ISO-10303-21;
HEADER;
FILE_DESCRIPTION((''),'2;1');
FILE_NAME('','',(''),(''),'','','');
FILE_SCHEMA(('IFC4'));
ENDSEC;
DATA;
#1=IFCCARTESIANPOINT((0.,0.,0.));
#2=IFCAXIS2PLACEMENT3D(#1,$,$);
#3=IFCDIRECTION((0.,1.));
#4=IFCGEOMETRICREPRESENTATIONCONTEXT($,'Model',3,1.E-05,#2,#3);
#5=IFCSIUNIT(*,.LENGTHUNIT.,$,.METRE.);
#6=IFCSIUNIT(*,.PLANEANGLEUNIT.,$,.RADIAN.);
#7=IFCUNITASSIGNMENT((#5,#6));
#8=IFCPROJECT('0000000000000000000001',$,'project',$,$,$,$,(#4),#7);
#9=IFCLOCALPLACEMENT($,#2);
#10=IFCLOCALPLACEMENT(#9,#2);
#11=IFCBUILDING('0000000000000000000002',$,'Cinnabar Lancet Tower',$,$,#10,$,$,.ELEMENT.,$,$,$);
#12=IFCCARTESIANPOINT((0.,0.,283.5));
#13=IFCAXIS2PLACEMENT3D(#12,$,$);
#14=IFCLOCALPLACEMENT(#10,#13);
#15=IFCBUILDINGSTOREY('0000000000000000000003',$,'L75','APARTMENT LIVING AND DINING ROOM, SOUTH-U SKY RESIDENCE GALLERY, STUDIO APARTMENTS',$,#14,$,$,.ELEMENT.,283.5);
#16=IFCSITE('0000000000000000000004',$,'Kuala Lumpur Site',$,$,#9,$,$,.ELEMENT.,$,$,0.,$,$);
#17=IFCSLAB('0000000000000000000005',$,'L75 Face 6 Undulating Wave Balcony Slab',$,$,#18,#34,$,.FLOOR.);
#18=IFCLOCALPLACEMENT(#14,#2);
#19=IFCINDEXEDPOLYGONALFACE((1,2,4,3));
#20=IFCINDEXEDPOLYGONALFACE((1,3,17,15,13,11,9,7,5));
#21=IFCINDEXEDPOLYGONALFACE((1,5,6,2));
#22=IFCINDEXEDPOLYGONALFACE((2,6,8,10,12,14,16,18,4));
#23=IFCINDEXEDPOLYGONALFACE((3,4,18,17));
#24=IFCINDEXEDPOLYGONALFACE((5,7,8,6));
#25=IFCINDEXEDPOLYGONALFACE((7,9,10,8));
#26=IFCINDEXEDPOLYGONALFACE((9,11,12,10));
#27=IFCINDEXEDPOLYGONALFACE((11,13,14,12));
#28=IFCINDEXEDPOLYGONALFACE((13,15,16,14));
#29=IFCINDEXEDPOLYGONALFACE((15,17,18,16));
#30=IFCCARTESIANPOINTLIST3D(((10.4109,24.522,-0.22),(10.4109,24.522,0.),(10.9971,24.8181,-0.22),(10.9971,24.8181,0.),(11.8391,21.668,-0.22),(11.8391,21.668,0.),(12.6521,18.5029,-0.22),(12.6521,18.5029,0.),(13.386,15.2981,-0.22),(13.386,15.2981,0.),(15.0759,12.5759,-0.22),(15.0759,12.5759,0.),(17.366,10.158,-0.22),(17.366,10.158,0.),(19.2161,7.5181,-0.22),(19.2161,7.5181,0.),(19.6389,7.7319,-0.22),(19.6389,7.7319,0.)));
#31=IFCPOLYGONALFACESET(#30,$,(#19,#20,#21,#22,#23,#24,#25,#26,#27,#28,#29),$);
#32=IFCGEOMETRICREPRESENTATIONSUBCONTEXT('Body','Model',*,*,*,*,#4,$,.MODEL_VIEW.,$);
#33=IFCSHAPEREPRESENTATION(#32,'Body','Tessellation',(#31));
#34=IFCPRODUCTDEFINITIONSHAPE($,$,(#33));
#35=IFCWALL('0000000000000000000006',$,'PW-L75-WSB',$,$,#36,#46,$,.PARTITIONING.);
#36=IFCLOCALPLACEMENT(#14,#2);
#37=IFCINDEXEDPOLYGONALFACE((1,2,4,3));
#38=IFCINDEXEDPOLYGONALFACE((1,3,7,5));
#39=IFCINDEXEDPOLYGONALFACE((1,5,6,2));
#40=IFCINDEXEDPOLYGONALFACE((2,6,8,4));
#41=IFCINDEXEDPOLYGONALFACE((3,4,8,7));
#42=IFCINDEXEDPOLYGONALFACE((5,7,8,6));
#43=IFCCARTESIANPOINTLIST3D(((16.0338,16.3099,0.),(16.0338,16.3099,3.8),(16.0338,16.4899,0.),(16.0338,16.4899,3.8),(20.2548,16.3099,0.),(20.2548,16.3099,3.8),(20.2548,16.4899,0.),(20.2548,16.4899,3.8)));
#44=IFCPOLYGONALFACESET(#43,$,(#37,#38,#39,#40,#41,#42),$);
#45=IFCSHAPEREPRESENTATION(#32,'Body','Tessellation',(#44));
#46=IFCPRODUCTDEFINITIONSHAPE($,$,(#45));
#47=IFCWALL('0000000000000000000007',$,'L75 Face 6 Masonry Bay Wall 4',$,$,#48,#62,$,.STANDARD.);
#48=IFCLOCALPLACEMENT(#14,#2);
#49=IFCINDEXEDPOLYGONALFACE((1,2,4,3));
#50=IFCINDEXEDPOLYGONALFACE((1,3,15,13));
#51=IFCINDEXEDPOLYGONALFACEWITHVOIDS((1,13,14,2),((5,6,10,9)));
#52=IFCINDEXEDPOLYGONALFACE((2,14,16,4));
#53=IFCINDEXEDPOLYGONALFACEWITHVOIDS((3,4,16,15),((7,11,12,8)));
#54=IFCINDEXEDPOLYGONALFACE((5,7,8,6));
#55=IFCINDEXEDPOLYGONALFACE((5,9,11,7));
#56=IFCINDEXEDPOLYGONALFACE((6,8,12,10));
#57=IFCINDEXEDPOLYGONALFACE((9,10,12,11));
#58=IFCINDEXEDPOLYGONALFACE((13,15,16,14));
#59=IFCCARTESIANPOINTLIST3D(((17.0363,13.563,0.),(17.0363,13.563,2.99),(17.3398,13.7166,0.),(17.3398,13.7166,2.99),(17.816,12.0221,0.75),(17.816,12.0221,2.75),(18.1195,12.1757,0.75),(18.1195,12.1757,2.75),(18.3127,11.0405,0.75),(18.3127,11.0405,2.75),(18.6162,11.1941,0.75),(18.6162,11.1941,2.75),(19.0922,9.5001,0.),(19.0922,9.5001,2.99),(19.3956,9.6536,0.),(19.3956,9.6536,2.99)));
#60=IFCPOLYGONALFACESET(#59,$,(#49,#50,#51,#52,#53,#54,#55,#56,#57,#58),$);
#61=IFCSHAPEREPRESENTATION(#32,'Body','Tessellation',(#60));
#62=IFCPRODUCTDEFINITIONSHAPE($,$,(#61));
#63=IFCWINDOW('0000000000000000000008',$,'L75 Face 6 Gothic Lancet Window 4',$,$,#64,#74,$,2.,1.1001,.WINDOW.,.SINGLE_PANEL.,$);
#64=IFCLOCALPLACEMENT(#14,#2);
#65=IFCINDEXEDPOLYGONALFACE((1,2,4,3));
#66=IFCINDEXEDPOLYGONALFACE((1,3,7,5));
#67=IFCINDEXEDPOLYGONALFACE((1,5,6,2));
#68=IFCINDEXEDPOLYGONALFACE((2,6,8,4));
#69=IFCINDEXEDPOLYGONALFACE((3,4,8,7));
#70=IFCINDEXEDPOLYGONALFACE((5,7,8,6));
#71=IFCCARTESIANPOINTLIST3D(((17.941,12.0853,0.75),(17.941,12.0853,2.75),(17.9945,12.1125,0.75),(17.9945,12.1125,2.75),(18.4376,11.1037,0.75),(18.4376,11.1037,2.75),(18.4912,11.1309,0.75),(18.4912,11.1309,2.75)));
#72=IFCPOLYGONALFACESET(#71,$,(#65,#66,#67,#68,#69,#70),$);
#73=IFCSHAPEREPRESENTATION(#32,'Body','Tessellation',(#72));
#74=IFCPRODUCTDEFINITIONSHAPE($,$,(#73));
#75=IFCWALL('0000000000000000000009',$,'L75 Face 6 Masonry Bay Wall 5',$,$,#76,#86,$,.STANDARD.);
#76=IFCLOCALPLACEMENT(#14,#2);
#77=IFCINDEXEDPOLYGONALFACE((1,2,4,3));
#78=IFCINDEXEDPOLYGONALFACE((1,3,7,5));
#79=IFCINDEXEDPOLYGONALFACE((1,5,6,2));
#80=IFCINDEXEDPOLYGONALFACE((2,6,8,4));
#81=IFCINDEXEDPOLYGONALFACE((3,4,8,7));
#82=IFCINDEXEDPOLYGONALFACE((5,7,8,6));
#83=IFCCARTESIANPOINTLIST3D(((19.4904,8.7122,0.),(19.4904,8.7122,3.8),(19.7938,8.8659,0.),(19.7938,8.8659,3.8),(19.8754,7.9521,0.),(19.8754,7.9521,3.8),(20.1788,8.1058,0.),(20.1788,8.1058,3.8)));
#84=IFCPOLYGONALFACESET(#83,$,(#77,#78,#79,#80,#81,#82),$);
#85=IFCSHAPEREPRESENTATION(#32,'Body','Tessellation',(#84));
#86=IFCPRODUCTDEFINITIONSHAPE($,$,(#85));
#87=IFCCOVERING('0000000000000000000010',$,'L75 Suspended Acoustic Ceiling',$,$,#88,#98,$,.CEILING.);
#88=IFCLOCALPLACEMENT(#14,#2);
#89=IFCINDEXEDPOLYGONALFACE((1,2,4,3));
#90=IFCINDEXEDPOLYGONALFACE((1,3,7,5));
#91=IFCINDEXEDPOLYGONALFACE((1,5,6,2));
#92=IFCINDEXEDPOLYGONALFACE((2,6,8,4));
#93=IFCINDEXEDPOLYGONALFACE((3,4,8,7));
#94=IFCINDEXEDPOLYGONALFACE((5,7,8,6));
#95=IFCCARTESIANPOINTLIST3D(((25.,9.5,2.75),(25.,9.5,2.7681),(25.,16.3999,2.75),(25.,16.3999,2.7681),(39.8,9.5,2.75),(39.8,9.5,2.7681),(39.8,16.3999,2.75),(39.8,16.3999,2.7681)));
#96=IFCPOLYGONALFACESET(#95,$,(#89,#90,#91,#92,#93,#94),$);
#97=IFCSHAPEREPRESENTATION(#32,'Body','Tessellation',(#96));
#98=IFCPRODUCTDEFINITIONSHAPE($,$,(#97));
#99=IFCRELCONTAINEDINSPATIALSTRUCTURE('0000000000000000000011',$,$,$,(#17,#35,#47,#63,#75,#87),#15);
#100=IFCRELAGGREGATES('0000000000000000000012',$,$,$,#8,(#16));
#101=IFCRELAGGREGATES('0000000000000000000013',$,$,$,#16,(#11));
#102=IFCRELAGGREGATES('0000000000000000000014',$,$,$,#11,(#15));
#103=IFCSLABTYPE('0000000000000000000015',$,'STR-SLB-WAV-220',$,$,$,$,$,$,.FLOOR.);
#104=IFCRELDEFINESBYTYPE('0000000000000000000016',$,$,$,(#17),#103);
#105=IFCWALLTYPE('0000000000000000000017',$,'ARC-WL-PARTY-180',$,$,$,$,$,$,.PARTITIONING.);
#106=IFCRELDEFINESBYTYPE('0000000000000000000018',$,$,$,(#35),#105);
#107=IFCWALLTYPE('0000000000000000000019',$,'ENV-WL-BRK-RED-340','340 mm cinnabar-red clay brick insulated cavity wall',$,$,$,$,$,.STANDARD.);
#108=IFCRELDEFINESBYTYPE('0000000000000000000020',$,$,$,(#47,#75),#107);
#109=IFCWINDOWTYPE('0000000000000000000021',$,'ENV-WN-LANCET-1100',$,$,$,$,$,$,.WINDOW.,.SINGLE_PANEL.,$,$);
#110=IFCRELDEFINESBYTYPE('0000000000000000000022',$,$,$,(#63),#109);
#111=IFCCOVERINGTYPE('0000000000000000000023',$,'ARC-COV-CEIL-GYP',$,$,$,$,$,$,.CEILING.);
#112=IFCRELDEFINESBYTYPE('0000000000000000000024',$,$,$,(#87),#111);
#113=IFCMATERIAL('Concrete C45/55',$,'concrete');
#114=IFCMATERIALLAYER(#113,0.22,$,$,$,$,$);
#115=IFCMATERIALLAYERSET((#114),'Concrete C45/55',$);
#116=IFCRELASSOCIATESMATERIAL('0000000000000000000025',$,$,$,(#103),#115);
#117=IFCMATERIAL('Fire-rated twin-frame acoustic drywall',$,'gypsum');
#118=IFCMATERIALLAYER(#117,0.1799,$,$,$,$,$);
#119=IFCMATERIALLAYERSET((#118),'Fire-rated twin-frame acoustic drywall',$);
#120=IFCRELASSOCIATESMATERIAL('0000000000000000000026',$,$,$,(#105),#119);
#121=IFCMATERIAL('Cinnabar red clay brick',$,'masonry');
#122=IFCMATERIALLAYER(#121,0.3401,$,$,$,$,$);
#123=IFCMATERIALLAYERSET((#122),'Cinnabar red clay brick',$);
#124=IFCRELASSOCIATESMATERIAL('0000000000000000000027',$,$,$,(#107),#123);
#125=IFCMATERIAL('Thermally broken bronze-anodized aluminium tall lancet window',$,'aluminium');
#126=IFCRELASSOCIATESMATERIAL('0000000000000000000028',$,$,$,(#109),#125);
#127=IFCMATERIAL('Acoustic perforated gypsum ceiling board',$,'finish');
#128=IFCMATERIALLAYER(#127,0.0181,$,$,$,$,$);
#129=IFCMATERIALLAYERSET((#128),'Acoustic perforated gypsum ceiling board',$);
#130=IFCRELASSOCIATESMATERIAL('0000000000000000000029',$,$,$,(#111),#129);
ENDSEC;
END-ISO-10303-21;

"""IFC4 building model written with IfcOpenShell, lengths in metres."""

from ifc_helpers import new_model, si_unit, direction, frame, frame_2d, origin, place, context, subcontext, project, spatial, polyline, rectangle, outline, extrude, material, layer, layer_set, type_object, element, fill, save


model = new_model("IFC4")

# Units and contexts
model_context = context("Model", 3, precision=1e-05, world=origin(), true_north=direction((0.0, 1.0)))
body_context = subcontext(model_context, "Body", "Model", "MODEL_VIEW")
ifc_project = project(units=[si_unit("LENGTHUNIT", "METRE"), si_unit("PLANEANGLEUNIT", "RADIAN")], contexts=[model_context])

# Site, building, storey
site_placement = place(None, origin())
site = spatial("IfcSite", under=ifc_project, at=site_placement, Name="Kuala Lumpur Site", CompositionType="ELEMENT", RefElevation=0.0)
building_placement = place(site_placement, origin())
building = spatial("IfcBuilding", under=site, at=building_placement, Name="Cinnabar Lancet Tower", CompositionType="ELEMENT")
storey_placement = place(building_placement, frame((0.0, 0.0, 283.5)))
storey = spatial("IfcBuildingStorey", under=building, at=storey_placement, Name="L75", Description="APARTMENT LIVING AND DINING ROOM, SOUTH-U SKY RESIDENCE GALLERY, STUDIO APARTMENTS", CompositionType="ELEMENT", Elevation=283.5)

# Slab
ifc_material_1 = material(Name="Concrete C45/55", Category="concrete")
ifc_layer_1 = layer(ifc_material_1, 0.22)
ifc_layer_set_1 = layer_set([ifc_layer_1], Name="Concrete C45/55")
slab_type_1 = type_object("IfcSlabType", Name="STR-SLB-WAV-220", PredefinedType="FLOOR", material=ifc_layer_set_1)
slab_1_placement = place(storey_placement, frame((0.0, 0.0, -0.22)))
element("IfcSlab", 1, at=slab_1_placement, inside=storey, type_object=slab_type_1, Name="L75 Face 6 Undulating Wave Balcony Slab", PredefinedType="FLOOR", context=body_context, shape_type="SweptSolid", body=[
    extrude(outline(polyline([(10.9971, 24.8181), (10.4109, 24.522), (11.8391, 21.668), (12.6521, 18.5029), (13.386, 15.2981), (15.0759, 12.5759), (17.366, 10.158), (19.2161, 7.5181), (19.6389, 7.7319), (10.9971, 24.8181)])), origin(), (0.0, 0.0, 1.0), 0.22),
])

# Wall
ifc_material_2 = material(Name="Fire-rated twin-frame acoustic drywall", Category="gypsum")
ifc_layer_2 = layer(ifc_material_2, 0.1799)
ifc_layer_set_2 = layer_set([ifc_layer_2], Name="Fire-rated twin-frame acoustic drywall")
wall_type_1 = type_object("IfcWallType", Name="ARC-WL-PARTY-180", PredefinedType="PARTITIONING", material=ifc_layer_set_2)
wall_1_placement = place(storey_placement, frame((16.0339, 16.3999, 0.0), z_axis=(0.0, 0.0, 1.0), x_axis=(1.0, 0.0, 0.0)))
element("IfcWall", 2, at=wall_1_placement, inside=storey, type_object=wall_type_1, Name="PW-L75-WSB", PredefinedType="PARTITIONING", context=body_context, shape_type="SweptSolid", body=[
    extrude(rectangle(XDim=4.2209, YDim=0.1799, at=frame_2d((2.1104, 0.0))), origin(), (0.0, 0.0, 1.0), 3.8),
])

# Wall, opening, window
ifc_material_3 = material(Name="Cinnabar red clay brick", Category="masonry")
ifc_layer_3 = layer(ifc_material_3, 0.3401)
ifc_layer_set_3 = layer_set([ifc_layer_3], Name="Cinnabar red clay brick")
wall_type_2 = type_object("IfcWallType", Name="ENV-WL-BRK-RED-340", Description="340 mm cinnabar-red clay brick insulated cavity wall", PredefinedType="STANDARD", material=ifc_layer_set_3)
wall_2_placement = place(storey_placement, frame((17.188, 13.6399, 0.0), z_axis=(0.0, 0.0, 1.0), x_axis=(0.451498, -0.892272, 0.0)))
wall_2 = element("IfcWall", 3, at=wall_2_placement, inside=storey, type_object=wall_type_2, Name="L75 Face 6 Masonry Bay Wall 4", PredefinedType="STANDARD", context=body_context, shape_type="SweptSolid", body=[
    extrude(rectangle(XDim=4.5535, YDim=0.3401, at=frame_2d((2.2769, 0.0))), origin(), (0.0, 0.0, 1.0), 2.99),
])
opening_placement = place(wall_2_placement, frame((1.7271, 0.0, 0.75)))
opening = element("IfcOpeningElement", 4, at=opening_placement, cuts=wall_2, PredefinedType="OPENING", context=body_context, shape_type="SweptSolid", body=[
    extrude(rectangle(XDim=1.1001, YDim=2.0, at=frame_2d((0.55, 1.0))), frame((0.0, 0.1799, 0.0), z_axis=(0.0, -1.0, 0.0), x_axis=(1.0, 0.0, 0.0)), (0.0, 0.0, 1.0), 0.3601),
])
ifc_material_4 = material(Name="Thermally broken bronze-anodized aluminium tall lancet window", Category="aluminium")
window_type = type_object("IfcWindowType", Name="ENV-WN-LANCET-1100", PartitioningType="SINGLE_PANEL", PredefinedType="WINDOW", material=ifc_material_4)
window_placement = place(opening_placement, origin())
window = element("IfcWindow", 5, at=window_placement, inside=storey, type_object=window_type, Name="L75 Face 6 Gothic Lancet Window 4", OverallHeight=2.0, OverallWidth=1.1001, PartitioningType="SINGLE_PANEL", PredefinedType="WINDOW", context=body_context, shape_type="SweptSolid", body=[
    extrude(rectangle(XDim=1.1001, YDim=2.0, at=frame_2d((0.55, 1.0))), frame((0.0, 0.03, 0.0), z_axis=(0.0, -1.0, 0.0), x_axis=(1.0, 0.0, 0.0)), (0.0, 0.0, 1.0), 0.0601),
])
fill(opening, window)

# Wall
wall_3_placement = place(storey_placement, frame((19.6421, 8.7891, 0.0), z_axis=(0.0, 0.0, 1.0), x_axis=(0.451907, -0.892065, 0.0)))
element("IfcWall", 6, at=wall_3_placement, inside=storey, type_object=wall_type_2, Name="L75 Face 6 Masonry Bay Wall 5", PredefinedType="STANDARD", context=body_context, shape_type="SweptSolid", body=[
    extrude(rectangle(XDim=0.8521, YDim=0.3401, at=frame_2d((0.426, 0.0))), origin(), (0.0, 0.0, 1.0), 3.8),
])

# Covering
ifc_material_5 = material(Name="Acoustic perforated gypsum ceiling board", Category="finish")
ifc_layer_4 = layer(ifc_material_5, 0.0181)
ifc_layer_set_4 = layer_set([ifc_layer_4], Name="Acoustic perforated gypsum ceiling board")
covering_type = type_object("IfcCoveringType", Name="ARC-COV-CEIL-GYP", PredefinedType="CEILING", material=ifc_layer_set_4)
covering_placement = place(storey_placement, frame((0.0, 0.0, 2.75)))
element("IfcCovering", 7, at=covering_placement, inside=storey, type_object=covering_type, Name="L75 Suspended Acoustic Ceiling", PredefinedType="CEILING", context=body_context, shape_type="SweptSolid", body=[
    extrude(outline(polyline([(25.0, 9.5), (39.8, 9.5), (39.8, 16.3999), (25.0, 16.3999), (25.0, 9.5)])), origin(), (0.0, 0.0, 1.0), 0.0181),
])

save(model, "model.ifc")
